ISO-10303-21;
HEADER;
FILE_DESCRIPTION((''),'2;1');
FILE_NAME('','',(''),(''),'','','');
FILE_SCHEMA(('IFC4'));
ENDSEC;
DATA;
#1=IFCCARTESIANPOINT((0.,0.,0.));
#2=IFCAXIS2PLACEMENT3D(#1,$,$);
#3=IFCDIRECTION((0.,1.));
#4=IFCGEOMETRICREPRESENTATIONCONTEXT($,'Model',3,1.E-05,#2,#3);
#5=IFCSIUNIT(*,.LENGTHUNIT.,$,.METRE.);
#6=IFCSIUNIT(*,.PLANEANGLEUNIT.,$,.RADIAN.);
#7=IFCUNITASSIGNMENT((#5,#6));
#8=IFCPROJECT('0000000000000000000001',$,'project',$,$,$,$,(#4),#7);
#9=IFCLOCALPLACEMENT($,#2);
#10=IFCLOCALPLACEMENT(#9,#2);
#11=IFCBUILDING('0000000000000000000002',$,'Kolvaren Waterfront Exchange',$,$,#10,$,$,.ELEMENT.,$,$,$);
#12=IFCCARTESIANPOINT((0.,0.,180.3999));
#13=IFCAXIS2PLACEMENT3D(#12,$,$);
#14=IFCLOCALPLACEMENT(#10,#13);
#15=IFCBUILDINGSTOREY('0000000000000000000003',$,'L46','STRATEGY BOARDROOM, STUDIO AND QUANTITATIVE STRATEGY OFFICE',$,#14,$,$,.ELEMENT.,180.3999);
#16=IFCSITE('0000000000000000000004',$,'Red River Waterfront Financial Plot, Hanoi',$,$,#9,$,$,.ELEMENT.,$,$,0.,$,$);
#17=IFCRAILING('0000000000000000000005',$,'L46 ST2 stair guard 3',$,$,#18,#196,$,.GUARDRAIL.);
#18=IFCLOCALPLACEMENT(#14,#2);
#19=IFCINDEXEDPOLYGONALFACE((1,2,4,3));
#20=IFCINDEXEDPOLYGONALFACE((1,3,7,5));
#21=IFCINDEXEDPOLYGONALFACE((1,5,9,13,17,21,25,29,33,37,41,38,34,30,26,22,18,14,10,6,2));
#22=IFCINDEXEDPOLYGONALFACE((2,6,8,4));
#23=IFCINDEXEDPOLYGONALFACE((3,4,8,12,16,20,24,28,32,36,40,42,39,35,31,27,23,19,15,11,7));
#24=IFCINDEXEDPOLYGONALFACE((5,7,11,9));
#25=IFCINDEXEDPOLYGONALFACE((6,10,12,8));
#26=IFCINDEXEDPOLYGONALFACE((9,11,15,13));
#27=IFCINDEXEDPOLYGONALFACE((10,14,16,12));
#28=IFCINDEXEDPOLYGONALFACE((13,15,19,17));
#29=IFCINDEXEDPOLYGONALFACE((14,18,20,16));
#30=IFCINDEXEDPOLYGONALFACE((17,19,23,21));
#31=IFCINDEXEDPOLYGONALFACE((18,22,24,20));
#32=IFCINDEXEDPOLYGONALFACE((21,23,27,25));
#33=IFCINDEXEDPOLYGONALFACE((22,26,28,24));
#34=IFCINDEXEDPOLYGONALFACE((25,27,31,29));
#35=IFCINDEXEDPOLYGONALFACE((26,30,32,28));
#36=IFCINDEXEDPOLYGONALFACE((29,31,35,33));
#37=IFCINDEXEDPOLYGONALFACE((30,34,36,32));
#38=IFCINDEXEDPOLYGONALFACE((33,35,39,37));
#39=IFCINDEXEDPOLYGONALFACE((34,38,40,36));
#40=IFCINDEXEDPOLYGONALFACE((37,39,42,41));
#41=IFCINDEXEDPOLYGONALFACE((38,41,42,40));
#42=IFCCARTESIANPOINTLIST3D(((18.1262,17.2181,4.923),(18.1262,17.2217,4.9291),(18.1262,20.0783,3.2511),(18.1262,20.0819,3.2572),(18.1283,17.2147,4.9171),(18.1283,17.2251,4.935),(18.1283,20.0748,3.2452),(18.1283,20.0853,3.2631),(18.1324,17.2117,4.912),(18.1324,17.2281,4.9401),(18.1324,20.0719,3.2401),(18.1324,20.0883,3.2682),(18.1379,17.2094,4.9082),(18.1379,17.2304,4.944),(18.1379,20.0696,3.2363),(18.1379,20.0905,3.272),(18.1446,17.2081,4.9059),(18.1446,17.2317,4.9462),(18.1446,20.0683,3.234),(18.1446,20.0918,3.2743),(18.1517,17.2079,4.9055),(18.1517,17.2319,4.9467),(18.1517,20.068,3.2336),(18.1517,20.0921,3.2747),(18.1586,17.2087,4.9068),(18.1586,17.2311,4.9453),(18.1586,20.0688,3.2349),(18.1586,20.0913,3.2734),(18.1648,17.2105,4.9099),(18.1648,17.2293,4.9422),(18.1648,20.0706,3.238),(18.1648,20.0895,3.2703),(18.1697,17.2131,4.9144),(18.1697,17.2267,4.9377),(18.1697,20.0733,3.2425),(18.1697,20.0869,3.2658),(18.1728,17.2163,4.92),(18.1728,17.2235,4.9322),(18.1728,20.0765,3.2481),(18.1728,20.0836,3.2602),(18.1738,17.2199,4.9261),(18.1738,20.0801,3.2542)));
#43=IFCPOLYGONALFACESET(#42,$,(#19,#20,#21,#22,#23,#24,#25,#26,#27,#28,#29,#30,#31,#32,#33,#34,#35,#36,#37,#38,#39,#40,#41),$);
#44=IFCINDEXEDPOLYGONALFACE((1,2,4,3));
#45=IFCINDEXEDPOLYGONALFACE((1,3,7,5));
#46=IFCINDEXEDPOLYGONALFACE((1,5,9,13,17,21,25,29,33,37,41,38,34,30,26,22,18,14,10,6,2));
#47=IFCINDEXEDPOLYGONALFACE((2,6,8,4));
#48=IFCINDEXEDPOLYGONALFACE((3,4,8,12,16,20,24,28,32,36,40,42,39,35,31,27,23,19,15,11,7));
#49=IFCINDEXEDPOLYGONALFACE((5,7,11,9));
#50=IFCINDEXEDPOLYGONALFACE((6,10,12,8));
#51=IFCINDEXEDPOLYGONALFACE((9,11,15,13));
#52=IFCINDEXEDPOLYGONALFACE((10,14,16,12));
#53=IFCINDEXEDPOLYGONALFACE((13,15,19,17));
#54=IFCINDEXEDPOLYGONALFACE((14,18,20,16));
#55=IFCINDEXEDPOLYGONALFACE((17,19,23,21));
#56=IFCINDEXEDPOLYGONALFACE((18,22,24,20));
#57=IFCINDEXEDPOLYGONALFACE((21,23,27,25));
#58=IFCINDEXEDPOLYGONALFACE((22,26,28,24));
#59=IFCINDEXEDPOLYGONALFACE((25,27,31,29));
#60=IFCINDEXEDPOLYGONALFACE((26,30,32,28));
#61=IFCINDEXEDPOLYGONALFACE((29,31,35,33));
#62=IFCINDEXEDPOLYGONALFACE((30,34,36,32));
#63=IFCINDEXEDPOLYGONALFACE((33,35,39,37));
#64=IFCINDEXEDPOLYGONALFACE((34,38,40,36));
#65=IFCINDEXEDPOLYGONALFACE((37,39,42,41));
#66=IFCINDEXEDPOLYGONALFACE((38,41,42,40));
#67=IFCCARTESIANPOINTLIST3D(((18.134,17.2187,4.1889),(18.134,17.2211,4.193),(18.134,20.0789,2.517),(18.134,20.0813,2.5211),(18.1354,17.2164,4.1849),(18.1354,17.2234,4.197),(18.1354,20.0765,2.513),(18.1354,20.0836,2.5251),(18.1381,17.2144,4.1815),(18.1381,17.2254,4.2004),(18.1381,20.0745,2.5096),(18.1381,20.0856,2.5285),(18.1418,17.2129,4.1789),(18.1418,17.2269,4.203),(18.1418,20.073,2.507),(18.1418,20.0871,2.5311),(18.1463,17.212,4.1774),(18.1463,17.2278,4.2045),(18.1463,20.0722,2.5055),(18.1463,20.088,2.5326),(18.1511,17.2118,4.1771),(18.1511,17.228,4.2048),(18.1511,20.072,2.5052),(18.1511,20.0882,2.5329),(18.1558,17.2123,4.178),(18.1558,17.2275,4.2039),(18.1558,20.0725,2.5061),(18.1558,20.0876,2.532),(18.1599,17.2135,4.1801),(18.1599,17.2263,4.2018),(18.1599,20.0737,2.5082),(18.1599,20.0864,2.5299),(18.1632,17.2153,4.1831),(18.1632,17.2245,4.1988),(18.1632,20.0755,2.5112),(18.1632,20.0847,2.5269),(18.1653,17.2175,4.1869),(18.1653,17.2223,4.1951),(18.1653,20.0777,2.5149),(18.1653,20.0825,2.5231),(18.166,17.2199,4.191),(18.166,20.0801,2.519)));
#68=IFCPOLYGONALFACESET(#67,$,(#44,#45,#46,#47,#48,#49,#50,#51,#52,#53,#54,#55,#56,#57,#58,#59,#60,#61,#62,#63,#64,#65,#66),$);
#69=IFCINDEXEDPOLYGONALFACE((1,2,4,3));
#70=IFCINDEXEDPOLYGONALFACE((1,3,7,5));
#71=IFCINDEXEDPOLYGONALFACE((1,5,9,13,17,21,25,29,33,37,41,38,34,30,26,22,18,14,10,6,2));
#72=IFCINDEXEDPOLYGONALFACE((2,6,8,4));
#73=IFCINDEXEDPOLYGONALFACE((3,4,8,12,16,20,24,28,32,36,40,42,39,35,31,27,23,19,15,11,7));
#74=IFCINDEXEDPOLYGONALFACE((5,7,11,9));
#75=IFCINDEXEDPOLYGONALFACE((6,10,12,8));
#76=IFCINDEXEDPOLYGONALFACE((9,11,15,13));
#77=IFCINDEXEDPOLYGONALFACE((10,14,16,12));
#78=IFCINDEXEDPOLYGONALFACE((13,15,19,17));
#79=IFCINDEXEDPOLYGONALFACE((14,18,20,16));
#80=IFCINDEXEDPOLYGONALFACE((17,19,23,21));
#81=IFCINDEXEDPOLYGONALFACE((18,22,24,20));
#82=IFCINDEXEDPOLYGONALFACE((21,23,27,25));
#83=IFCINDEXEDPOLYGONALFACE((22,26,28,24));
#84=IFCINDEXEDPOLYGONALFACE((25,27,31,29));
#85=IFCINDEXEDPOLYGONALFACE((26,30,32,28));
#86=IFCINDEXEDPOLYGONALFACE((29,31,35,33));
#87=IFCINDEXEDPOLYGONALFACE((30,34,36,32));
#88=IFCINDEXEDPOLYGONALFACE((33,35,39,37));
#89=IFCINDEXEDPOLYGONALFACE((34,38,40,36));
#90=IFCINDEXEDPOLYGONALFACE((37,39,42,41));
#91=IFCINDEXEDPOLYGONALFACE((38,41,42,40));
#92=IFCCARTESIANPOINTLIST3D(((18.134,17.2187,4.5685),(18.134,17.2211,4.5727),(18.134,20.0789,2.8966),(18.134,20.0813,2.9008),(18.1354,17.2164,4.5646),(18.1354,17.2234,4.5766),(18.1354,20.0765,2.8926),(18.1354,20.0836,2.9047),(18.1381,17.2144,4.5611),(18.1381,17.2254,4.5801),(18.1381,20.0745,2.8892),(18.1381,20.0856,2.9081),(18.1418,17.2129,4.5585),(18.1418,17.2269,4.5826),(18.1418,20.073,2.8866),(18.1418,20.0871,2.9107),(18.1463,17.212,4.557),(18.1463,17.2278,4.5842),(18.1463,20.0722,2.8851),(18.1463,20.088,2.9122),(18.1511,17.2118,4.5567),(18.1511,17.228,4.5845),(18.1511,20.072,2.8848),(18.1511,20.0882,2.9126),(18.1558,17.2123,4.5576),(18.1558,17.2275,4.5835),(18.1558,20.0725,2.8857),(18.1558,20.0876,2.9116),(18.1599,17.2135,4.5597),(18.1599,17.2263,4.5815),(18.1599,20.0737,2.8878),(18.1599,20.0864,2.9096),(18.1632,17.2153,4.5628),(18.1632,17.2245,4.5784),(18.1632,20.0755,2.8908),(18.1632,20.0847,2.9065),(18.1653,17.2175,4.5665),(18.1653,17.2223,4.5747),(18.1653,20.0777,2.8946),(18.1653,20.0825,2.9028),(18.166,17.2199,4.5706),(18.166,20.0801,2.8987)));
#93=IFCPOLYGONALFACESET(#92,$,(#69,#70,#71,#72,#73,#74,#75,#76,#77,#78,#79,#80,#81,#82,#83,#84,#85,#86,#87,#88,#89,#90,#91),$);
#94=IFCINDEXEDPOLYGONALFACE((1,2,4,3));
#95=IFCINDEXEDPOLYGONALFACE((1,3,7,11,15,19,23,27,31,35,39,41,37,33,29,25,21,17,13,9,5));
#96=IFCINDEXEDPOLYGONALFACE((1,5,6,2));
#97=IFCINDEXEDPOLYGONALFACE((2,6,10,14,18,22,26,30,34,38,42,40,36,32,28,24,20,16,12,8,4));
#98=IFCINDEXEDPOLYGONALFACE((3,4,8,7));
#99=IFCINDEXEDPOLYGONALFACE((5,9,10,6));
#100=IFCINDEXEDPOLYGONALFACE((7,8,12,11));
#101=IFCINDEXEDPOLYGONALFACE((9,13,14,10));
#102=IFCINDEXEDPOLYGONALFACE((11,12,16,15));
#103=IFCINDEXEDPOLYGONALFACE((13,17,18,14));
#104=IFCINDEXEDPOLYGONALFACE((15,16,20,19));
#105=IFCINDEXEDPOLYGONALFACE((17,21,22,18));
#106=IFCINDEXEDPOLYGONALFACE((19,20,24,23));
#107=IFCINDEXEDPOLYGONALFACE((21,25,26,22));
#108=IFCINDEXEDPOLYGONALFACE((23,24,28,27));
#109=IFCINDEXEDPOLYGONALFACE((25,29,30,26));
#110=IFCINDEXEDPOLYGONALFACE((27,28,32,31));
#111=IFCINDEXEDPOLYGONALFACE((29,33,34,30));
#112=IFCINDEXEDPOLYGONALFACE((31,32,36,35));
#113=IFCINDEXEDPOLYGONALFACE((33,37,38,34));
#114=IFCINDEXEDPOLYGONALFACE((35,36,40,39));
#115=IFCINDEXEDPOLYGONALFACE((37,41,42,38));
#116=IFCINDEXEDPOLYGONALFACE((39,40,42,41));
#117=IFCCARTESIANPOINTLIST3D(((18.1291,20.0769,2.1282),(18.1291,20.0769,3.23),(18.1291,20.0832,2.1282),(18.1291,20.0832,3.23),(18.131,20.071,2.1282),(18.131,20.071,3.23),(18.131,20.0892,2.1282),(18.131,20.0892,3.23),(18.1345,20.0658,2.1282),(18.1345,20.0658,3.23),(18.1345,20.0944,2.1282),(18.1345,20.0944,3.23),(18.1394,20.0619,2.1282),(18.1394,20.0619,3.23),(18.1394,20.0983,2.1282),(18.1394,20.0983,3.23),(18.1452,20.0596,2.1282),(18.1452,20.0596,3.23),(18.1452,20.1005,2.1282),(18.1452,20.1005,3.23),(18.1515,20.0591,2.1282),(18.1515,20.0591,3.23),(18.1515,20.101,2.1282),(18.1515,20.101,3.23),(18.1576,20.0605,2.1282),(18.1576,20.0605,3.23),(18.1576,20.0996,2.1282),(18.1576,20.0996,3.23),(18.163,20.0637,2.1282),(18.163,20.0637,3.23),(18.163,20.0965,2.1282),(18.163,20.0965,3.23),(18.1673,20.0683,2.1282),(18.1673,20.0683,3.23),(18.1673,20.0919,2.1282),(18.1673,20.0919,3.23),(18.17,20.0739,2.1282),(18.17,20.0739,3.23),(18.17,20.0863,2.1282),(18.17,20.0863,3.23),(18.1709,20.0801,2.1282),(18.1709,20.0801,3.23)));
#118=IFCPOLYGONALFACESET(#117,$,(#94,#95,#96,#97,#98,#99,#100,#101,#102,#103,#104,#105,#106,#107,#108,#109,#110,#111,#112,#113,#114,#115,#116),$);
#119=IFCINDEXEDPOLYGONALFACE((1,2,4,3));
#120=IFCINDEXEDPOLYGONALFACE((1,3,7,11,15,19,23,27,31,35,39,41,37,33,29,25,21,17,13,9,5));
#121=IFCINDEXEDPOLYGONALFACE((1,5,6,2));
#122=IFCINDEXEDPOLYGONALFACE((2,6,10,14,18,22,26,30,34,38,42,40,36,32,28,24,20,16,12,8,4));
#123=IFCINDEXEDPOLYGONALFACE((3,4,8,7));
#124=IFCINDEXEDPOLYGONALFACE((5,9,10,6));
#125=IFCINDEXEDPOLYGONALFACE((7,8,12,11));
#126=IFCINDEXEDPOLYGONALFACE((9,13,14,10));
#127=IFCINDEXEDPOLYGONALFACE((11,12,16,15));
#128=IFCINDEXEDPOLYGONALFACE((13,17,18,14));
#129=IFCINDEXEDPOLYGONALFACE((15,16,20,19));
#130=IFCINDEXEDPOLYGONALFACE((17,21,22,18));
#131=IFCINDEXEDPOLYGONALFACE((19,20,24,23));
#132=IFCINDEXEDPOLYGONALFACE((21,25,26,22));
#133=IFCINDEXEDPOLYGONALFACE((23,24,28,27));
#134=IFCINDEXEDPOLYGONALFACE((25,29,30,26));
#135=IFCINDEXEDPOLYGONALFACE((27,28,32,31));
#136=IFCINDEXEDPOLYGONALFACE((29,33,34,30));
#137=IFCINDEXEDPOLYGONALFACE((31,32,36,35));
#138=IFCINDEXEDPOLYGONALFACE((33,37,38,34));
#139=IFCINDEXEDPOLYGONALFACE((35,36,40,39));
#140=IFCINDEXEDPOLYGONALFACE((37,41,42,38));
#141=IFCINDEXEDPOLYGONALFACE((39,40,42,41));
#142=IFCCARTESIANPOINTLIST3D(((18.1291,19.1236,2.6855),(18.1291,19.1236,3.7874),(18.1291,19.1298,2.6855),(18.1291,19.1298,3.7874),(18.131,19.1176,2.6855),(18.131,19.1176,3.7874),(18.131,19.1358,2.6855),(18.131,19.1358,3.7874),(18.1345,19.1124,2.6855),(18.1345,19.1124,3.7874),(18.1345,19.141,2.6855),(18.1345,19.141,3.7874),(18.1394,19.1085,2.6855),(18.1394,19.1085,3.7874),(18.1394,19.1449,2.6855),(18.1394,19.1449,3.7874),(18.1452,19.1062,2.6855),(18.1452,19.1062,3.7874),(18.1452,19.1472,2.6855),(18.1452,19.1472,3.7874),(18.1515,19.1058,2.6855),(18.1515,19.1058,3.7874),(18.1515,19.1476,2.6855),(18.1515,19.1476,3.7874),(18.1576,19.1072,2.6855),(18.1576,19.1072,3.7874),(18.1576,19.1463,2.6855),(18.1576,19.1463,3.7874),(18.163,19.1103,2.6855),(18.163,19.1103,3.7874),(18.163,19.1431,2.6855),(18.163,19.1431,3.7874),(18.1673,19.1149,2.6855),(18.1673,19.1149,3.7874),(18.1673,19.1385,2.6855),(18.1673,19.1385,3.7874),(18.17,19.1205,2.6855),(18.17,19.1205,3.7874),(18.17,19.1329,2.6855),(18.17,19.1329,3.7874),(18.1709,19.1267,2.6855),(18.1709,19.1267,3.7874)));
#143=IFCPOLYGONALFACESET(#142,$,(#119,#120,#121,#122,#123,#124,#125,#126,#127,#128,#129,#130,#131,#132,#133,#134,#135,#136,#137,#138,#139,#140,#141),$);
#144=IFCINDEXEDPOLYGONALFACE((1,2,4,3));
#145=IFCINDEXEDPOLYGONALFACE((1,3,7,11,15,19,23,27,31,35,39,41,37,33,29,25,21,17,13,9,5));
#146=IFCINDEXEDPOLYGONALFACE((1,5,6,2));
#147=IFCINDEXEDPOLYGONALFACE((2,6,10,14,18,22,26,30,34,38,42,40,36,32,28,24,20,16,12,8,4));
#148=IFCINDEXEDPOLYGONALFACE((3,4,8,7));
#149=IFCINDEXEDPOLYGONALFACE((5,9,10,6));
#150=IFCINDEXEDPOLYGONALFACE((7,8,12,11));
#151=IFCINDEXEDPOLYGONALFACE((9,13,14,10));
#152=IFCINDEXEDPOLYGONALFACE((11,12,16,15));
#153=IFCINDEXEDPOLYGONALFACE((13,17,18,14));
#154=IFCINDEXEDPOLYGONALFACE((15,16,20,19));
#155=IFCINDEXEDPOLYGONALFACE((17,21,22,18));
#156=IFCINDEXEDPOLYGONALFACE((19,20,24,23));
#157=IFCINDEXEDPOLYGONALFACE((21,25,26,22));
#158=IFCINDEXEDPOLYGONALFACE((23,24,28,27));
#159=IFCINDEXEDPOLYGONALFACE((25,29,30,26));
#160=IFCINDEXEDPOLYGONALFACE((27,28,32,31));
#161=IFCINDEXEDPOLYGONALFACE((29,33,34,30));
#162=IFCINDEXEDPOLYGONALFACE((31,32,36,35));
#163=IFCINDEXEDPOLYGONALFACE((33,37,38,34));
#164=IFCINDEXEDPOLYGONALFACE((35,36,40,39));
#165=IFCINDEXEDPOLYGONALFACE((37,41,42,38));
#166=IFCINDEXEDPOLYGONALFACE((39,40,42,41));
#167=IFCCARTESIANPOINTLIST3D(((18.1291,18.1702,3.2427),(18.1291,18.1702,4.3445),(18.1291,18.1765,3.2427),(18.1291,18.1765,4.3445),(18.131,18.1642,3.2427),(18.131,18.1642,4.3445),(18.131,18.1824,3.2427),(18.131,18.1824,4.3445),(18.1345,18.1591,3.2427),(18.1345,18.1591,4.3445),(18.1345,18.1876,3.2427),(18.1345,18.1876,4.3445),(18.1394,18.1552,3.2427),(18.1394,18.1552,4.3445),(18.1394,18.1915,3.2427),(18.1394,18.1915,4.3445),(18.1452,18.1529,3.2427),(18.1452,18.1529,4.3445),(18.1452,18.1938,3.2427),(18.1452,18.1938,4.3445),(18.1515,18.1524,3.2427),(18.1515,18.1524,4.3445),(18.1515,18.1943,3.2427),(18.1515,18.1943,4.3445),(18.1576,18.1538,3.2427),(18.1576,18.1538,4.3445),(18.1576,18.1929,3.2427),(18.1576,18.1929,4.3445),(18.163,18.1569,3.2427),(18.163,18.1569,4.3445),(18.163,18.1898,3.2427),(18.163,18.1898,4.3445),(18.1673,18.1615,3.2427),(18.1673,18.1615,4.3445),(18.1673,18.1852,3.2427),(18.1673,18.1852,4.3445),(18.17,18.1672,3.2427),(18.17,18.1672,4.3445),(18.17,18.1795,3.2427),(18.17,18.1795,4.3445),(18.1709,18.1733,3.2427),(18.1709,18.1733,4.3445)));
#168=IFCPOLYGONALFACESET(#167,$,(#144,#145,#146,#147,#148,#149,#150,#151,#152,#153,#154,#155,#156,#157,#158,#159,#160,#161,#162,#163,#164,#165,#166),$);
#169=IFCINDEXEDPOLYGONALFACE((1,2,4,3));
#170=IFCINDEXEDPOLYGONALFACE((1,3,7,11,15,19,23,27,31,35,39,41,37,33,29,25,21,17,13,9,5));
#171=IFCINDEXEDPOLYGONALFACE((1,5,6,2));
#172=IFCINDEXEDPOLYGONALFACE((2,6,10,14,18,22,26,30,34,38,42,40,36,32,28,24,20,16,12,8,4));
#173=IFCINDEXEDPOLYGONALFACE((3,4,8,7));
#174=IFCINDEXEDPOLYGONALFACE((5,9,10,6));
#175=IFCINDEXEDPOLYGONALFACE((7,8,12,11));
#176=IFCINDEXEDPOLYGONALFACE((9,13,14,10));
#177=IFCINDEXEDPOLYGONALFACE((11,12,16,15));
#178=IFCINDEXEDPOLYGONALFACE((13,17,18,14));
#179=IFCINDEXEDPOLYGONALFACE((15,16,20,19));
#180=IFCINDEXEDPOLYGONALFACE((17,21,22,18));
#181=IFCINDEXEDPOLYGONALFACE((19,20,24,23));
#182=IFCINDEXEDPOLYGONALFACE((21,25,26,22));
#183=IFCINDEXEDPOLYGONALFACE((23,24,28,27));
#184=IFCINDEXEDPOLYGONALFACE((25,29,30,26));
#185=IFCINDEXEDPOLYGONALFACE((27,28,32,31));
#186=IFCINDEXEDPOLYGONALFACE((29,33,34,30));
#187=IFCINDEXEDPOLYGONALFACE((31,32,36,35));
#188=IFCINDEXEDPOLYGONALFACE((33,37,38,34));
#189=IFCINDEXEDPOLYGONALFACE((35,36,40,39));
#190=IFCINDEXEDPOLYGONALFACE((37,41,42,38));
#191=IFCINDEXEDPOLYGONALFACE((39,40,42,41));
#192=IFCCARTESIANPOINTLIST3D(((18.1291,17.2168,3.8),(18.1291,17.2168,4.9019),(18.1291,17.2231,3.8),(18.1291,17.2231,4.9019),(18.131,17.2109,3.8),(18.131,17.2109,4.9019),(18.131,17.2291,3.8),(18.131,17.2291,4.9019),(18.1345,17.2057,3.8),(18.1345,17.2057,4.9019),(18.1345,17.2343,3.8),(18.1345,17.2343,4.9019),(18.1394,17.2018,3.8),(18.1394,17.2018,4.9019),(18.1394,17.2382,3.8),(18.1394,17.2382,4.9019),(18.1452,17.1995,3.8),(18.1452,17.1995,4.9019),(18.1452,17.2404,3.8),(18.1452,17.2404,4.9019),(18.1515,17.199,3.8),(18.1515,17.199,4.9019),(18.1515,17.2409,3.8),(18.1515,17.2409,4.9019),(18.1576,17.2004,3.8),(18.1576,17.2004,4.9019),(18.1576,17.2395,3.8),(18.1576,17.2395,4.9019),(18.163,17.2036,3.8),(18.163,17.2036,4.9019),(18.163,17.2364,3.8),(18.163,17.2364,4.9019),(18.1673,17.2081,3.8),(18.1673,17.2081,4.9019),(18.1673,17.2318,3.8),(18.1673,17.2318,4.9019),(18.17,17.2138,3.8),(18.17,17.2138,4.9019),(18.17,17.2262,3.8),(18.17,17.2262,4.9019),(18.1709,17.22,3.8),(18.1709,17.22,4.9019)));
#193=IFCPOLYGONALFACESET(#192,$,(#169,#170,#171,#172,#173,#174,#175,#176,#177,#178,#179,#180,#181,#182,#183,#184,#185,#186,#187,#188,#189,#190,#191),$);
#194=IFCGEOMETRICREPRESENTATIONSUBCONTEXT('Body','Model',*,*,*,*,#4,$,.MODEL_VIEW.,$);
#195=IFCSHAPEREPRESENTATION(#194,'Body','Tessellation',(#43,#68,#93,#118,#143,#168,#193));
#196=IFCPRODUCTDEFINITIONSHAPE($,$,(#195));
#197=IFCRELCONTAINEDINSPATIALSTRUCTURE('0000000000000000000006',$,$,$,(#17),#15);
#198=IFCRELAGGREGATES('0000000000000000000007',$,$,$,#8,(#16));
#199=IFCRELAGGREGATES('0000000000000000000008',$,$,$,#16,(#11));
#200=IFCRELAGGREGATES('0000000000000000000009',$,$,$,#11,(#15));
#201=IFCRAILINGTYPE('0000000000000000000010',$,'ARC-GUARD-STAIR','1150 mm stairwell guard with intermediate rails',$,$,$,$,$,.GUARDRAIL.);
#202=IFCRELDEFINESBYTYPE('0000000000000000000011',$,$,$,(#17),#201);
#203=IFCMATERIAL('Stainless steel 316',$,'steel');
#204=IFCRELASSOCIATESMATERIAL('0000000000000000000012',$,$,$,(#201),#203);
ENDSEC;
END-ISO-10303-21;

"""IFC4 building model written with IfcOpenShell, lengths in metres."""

from ifc_helpers import new_model, si_unit, direction, frame, origin, origin_2d, place, context, subcontext, project, spatial, circle, extrude, material, type_object, element, save


model = new_model("IFC4")

# Units and contexts
model_context = context("Model", 3, precision=1e-05, world=origin(), true_north=direction((0.0, 1.0)))
body_context = subcontext(model_context, "Body", "Model", "MODEL_VIEW")
ifc_project = project(units=[si_unit("LENGTHUNIT", "METRE"), si_unit("PLANEANGLEUNIT", "RADIAN")], contexts=[model_context])

# Site, building, storey
site_placement = place(None, origin())
site = spatial("IfcSite", under=ifc_project, at=site_placement, Name="Red River Waterfront Financial Plot, Hanoi", CompositionType="ELEMENT", RefElevation=0.0)
building_placement = place(site_placement, origin())
building = spatial("IfcBuilding", under=site, at=building_placement, Name="Kolvaren Waterfront Exchange", CompositionType="ELEMENT")
storey_placement = place(building_placement, frame((0.0, 0.0, 180.3999)))
storey = spatial("IfcBuildingStorey", under=building, at=storey_placement, Name="L46", Description="STRATEGY BOARDROOM, STUDIO AND QUANTITATIVE STRATEGY OFFICE", CompositionType="ELEMENT", Elevation=180.3999)

# Railing
ifc_material_1 = material(Name="Stainless steel 316", Category="steel")
railing_type = type_object("IfcRailingType", Name="ARC-GUARD-STAIR", Description="1150 mm stairwell guard with intermediate rails", PredefinedType="GUARDRAIL", material=ifc_material_1)
railing_1_placement = place(storey_placement, frame((18.1499, 20.0801, 2.1282)))
element("IfcRailing", 1, at=railing_1_placement, inside=storey, type_object=railing_type, Name="L46 ST2 stair guard 3", PredefinedType="GUARDRAIL", context=body_context, shape_type="SweptSolid", body=[
    extrude(circle(Radius=0.0239, at=origin_2d()), frame((0.0, 0.0, 1.126), z_axis=(0.0, -0.863321, 0.504654), x_axis=(1.0, 0.0, 0.0)), (0.0, 0.0, 1.0), 3.313),
    extrude(circle(Radius=0.0161, at=origin_2d()), frame((0.0, 0.0, 0.3909), z_axis=(0.0, -0.863321, 0.504654), x_axis=(1.0, 0.0, 0.0)), (0.0, 0.0, 1.0), 3.313),
    extrude(circle(Radius=0.0161, at=origin_2d()), frame((0.0, 0.0, 0.7705), z_axis=(0.0, -0.863321, 0.504654), x_axis=(1.0, 0.0, 0.0)), (0.0, 0.0, 1.0), 3.313),
    extrude(circle(Radius=0.021, at=origin_2d()), origin(), (0.0, 0.0, 1.0), 1.1018),
    extrude(circle(Radius=0.021, at=origin_2d()), frame((0.0, -0.9534, 0.5574)), (0.0, 0.0, 1.0), 1.1018),
    extrude(circle(Radius=0.021, at=origin_2d()), frame((0.0, -1.9067, 1.1145)), (0.0, 0.0, 1.0), 1.1018),
    extrude(circle(Radius=0.021, at=origin_2d()), frame((0.0, -2.8601, 1.6719)), (0.0, 0.0, 1.0), 1.1018),
])

save(model, "model.ifc")
